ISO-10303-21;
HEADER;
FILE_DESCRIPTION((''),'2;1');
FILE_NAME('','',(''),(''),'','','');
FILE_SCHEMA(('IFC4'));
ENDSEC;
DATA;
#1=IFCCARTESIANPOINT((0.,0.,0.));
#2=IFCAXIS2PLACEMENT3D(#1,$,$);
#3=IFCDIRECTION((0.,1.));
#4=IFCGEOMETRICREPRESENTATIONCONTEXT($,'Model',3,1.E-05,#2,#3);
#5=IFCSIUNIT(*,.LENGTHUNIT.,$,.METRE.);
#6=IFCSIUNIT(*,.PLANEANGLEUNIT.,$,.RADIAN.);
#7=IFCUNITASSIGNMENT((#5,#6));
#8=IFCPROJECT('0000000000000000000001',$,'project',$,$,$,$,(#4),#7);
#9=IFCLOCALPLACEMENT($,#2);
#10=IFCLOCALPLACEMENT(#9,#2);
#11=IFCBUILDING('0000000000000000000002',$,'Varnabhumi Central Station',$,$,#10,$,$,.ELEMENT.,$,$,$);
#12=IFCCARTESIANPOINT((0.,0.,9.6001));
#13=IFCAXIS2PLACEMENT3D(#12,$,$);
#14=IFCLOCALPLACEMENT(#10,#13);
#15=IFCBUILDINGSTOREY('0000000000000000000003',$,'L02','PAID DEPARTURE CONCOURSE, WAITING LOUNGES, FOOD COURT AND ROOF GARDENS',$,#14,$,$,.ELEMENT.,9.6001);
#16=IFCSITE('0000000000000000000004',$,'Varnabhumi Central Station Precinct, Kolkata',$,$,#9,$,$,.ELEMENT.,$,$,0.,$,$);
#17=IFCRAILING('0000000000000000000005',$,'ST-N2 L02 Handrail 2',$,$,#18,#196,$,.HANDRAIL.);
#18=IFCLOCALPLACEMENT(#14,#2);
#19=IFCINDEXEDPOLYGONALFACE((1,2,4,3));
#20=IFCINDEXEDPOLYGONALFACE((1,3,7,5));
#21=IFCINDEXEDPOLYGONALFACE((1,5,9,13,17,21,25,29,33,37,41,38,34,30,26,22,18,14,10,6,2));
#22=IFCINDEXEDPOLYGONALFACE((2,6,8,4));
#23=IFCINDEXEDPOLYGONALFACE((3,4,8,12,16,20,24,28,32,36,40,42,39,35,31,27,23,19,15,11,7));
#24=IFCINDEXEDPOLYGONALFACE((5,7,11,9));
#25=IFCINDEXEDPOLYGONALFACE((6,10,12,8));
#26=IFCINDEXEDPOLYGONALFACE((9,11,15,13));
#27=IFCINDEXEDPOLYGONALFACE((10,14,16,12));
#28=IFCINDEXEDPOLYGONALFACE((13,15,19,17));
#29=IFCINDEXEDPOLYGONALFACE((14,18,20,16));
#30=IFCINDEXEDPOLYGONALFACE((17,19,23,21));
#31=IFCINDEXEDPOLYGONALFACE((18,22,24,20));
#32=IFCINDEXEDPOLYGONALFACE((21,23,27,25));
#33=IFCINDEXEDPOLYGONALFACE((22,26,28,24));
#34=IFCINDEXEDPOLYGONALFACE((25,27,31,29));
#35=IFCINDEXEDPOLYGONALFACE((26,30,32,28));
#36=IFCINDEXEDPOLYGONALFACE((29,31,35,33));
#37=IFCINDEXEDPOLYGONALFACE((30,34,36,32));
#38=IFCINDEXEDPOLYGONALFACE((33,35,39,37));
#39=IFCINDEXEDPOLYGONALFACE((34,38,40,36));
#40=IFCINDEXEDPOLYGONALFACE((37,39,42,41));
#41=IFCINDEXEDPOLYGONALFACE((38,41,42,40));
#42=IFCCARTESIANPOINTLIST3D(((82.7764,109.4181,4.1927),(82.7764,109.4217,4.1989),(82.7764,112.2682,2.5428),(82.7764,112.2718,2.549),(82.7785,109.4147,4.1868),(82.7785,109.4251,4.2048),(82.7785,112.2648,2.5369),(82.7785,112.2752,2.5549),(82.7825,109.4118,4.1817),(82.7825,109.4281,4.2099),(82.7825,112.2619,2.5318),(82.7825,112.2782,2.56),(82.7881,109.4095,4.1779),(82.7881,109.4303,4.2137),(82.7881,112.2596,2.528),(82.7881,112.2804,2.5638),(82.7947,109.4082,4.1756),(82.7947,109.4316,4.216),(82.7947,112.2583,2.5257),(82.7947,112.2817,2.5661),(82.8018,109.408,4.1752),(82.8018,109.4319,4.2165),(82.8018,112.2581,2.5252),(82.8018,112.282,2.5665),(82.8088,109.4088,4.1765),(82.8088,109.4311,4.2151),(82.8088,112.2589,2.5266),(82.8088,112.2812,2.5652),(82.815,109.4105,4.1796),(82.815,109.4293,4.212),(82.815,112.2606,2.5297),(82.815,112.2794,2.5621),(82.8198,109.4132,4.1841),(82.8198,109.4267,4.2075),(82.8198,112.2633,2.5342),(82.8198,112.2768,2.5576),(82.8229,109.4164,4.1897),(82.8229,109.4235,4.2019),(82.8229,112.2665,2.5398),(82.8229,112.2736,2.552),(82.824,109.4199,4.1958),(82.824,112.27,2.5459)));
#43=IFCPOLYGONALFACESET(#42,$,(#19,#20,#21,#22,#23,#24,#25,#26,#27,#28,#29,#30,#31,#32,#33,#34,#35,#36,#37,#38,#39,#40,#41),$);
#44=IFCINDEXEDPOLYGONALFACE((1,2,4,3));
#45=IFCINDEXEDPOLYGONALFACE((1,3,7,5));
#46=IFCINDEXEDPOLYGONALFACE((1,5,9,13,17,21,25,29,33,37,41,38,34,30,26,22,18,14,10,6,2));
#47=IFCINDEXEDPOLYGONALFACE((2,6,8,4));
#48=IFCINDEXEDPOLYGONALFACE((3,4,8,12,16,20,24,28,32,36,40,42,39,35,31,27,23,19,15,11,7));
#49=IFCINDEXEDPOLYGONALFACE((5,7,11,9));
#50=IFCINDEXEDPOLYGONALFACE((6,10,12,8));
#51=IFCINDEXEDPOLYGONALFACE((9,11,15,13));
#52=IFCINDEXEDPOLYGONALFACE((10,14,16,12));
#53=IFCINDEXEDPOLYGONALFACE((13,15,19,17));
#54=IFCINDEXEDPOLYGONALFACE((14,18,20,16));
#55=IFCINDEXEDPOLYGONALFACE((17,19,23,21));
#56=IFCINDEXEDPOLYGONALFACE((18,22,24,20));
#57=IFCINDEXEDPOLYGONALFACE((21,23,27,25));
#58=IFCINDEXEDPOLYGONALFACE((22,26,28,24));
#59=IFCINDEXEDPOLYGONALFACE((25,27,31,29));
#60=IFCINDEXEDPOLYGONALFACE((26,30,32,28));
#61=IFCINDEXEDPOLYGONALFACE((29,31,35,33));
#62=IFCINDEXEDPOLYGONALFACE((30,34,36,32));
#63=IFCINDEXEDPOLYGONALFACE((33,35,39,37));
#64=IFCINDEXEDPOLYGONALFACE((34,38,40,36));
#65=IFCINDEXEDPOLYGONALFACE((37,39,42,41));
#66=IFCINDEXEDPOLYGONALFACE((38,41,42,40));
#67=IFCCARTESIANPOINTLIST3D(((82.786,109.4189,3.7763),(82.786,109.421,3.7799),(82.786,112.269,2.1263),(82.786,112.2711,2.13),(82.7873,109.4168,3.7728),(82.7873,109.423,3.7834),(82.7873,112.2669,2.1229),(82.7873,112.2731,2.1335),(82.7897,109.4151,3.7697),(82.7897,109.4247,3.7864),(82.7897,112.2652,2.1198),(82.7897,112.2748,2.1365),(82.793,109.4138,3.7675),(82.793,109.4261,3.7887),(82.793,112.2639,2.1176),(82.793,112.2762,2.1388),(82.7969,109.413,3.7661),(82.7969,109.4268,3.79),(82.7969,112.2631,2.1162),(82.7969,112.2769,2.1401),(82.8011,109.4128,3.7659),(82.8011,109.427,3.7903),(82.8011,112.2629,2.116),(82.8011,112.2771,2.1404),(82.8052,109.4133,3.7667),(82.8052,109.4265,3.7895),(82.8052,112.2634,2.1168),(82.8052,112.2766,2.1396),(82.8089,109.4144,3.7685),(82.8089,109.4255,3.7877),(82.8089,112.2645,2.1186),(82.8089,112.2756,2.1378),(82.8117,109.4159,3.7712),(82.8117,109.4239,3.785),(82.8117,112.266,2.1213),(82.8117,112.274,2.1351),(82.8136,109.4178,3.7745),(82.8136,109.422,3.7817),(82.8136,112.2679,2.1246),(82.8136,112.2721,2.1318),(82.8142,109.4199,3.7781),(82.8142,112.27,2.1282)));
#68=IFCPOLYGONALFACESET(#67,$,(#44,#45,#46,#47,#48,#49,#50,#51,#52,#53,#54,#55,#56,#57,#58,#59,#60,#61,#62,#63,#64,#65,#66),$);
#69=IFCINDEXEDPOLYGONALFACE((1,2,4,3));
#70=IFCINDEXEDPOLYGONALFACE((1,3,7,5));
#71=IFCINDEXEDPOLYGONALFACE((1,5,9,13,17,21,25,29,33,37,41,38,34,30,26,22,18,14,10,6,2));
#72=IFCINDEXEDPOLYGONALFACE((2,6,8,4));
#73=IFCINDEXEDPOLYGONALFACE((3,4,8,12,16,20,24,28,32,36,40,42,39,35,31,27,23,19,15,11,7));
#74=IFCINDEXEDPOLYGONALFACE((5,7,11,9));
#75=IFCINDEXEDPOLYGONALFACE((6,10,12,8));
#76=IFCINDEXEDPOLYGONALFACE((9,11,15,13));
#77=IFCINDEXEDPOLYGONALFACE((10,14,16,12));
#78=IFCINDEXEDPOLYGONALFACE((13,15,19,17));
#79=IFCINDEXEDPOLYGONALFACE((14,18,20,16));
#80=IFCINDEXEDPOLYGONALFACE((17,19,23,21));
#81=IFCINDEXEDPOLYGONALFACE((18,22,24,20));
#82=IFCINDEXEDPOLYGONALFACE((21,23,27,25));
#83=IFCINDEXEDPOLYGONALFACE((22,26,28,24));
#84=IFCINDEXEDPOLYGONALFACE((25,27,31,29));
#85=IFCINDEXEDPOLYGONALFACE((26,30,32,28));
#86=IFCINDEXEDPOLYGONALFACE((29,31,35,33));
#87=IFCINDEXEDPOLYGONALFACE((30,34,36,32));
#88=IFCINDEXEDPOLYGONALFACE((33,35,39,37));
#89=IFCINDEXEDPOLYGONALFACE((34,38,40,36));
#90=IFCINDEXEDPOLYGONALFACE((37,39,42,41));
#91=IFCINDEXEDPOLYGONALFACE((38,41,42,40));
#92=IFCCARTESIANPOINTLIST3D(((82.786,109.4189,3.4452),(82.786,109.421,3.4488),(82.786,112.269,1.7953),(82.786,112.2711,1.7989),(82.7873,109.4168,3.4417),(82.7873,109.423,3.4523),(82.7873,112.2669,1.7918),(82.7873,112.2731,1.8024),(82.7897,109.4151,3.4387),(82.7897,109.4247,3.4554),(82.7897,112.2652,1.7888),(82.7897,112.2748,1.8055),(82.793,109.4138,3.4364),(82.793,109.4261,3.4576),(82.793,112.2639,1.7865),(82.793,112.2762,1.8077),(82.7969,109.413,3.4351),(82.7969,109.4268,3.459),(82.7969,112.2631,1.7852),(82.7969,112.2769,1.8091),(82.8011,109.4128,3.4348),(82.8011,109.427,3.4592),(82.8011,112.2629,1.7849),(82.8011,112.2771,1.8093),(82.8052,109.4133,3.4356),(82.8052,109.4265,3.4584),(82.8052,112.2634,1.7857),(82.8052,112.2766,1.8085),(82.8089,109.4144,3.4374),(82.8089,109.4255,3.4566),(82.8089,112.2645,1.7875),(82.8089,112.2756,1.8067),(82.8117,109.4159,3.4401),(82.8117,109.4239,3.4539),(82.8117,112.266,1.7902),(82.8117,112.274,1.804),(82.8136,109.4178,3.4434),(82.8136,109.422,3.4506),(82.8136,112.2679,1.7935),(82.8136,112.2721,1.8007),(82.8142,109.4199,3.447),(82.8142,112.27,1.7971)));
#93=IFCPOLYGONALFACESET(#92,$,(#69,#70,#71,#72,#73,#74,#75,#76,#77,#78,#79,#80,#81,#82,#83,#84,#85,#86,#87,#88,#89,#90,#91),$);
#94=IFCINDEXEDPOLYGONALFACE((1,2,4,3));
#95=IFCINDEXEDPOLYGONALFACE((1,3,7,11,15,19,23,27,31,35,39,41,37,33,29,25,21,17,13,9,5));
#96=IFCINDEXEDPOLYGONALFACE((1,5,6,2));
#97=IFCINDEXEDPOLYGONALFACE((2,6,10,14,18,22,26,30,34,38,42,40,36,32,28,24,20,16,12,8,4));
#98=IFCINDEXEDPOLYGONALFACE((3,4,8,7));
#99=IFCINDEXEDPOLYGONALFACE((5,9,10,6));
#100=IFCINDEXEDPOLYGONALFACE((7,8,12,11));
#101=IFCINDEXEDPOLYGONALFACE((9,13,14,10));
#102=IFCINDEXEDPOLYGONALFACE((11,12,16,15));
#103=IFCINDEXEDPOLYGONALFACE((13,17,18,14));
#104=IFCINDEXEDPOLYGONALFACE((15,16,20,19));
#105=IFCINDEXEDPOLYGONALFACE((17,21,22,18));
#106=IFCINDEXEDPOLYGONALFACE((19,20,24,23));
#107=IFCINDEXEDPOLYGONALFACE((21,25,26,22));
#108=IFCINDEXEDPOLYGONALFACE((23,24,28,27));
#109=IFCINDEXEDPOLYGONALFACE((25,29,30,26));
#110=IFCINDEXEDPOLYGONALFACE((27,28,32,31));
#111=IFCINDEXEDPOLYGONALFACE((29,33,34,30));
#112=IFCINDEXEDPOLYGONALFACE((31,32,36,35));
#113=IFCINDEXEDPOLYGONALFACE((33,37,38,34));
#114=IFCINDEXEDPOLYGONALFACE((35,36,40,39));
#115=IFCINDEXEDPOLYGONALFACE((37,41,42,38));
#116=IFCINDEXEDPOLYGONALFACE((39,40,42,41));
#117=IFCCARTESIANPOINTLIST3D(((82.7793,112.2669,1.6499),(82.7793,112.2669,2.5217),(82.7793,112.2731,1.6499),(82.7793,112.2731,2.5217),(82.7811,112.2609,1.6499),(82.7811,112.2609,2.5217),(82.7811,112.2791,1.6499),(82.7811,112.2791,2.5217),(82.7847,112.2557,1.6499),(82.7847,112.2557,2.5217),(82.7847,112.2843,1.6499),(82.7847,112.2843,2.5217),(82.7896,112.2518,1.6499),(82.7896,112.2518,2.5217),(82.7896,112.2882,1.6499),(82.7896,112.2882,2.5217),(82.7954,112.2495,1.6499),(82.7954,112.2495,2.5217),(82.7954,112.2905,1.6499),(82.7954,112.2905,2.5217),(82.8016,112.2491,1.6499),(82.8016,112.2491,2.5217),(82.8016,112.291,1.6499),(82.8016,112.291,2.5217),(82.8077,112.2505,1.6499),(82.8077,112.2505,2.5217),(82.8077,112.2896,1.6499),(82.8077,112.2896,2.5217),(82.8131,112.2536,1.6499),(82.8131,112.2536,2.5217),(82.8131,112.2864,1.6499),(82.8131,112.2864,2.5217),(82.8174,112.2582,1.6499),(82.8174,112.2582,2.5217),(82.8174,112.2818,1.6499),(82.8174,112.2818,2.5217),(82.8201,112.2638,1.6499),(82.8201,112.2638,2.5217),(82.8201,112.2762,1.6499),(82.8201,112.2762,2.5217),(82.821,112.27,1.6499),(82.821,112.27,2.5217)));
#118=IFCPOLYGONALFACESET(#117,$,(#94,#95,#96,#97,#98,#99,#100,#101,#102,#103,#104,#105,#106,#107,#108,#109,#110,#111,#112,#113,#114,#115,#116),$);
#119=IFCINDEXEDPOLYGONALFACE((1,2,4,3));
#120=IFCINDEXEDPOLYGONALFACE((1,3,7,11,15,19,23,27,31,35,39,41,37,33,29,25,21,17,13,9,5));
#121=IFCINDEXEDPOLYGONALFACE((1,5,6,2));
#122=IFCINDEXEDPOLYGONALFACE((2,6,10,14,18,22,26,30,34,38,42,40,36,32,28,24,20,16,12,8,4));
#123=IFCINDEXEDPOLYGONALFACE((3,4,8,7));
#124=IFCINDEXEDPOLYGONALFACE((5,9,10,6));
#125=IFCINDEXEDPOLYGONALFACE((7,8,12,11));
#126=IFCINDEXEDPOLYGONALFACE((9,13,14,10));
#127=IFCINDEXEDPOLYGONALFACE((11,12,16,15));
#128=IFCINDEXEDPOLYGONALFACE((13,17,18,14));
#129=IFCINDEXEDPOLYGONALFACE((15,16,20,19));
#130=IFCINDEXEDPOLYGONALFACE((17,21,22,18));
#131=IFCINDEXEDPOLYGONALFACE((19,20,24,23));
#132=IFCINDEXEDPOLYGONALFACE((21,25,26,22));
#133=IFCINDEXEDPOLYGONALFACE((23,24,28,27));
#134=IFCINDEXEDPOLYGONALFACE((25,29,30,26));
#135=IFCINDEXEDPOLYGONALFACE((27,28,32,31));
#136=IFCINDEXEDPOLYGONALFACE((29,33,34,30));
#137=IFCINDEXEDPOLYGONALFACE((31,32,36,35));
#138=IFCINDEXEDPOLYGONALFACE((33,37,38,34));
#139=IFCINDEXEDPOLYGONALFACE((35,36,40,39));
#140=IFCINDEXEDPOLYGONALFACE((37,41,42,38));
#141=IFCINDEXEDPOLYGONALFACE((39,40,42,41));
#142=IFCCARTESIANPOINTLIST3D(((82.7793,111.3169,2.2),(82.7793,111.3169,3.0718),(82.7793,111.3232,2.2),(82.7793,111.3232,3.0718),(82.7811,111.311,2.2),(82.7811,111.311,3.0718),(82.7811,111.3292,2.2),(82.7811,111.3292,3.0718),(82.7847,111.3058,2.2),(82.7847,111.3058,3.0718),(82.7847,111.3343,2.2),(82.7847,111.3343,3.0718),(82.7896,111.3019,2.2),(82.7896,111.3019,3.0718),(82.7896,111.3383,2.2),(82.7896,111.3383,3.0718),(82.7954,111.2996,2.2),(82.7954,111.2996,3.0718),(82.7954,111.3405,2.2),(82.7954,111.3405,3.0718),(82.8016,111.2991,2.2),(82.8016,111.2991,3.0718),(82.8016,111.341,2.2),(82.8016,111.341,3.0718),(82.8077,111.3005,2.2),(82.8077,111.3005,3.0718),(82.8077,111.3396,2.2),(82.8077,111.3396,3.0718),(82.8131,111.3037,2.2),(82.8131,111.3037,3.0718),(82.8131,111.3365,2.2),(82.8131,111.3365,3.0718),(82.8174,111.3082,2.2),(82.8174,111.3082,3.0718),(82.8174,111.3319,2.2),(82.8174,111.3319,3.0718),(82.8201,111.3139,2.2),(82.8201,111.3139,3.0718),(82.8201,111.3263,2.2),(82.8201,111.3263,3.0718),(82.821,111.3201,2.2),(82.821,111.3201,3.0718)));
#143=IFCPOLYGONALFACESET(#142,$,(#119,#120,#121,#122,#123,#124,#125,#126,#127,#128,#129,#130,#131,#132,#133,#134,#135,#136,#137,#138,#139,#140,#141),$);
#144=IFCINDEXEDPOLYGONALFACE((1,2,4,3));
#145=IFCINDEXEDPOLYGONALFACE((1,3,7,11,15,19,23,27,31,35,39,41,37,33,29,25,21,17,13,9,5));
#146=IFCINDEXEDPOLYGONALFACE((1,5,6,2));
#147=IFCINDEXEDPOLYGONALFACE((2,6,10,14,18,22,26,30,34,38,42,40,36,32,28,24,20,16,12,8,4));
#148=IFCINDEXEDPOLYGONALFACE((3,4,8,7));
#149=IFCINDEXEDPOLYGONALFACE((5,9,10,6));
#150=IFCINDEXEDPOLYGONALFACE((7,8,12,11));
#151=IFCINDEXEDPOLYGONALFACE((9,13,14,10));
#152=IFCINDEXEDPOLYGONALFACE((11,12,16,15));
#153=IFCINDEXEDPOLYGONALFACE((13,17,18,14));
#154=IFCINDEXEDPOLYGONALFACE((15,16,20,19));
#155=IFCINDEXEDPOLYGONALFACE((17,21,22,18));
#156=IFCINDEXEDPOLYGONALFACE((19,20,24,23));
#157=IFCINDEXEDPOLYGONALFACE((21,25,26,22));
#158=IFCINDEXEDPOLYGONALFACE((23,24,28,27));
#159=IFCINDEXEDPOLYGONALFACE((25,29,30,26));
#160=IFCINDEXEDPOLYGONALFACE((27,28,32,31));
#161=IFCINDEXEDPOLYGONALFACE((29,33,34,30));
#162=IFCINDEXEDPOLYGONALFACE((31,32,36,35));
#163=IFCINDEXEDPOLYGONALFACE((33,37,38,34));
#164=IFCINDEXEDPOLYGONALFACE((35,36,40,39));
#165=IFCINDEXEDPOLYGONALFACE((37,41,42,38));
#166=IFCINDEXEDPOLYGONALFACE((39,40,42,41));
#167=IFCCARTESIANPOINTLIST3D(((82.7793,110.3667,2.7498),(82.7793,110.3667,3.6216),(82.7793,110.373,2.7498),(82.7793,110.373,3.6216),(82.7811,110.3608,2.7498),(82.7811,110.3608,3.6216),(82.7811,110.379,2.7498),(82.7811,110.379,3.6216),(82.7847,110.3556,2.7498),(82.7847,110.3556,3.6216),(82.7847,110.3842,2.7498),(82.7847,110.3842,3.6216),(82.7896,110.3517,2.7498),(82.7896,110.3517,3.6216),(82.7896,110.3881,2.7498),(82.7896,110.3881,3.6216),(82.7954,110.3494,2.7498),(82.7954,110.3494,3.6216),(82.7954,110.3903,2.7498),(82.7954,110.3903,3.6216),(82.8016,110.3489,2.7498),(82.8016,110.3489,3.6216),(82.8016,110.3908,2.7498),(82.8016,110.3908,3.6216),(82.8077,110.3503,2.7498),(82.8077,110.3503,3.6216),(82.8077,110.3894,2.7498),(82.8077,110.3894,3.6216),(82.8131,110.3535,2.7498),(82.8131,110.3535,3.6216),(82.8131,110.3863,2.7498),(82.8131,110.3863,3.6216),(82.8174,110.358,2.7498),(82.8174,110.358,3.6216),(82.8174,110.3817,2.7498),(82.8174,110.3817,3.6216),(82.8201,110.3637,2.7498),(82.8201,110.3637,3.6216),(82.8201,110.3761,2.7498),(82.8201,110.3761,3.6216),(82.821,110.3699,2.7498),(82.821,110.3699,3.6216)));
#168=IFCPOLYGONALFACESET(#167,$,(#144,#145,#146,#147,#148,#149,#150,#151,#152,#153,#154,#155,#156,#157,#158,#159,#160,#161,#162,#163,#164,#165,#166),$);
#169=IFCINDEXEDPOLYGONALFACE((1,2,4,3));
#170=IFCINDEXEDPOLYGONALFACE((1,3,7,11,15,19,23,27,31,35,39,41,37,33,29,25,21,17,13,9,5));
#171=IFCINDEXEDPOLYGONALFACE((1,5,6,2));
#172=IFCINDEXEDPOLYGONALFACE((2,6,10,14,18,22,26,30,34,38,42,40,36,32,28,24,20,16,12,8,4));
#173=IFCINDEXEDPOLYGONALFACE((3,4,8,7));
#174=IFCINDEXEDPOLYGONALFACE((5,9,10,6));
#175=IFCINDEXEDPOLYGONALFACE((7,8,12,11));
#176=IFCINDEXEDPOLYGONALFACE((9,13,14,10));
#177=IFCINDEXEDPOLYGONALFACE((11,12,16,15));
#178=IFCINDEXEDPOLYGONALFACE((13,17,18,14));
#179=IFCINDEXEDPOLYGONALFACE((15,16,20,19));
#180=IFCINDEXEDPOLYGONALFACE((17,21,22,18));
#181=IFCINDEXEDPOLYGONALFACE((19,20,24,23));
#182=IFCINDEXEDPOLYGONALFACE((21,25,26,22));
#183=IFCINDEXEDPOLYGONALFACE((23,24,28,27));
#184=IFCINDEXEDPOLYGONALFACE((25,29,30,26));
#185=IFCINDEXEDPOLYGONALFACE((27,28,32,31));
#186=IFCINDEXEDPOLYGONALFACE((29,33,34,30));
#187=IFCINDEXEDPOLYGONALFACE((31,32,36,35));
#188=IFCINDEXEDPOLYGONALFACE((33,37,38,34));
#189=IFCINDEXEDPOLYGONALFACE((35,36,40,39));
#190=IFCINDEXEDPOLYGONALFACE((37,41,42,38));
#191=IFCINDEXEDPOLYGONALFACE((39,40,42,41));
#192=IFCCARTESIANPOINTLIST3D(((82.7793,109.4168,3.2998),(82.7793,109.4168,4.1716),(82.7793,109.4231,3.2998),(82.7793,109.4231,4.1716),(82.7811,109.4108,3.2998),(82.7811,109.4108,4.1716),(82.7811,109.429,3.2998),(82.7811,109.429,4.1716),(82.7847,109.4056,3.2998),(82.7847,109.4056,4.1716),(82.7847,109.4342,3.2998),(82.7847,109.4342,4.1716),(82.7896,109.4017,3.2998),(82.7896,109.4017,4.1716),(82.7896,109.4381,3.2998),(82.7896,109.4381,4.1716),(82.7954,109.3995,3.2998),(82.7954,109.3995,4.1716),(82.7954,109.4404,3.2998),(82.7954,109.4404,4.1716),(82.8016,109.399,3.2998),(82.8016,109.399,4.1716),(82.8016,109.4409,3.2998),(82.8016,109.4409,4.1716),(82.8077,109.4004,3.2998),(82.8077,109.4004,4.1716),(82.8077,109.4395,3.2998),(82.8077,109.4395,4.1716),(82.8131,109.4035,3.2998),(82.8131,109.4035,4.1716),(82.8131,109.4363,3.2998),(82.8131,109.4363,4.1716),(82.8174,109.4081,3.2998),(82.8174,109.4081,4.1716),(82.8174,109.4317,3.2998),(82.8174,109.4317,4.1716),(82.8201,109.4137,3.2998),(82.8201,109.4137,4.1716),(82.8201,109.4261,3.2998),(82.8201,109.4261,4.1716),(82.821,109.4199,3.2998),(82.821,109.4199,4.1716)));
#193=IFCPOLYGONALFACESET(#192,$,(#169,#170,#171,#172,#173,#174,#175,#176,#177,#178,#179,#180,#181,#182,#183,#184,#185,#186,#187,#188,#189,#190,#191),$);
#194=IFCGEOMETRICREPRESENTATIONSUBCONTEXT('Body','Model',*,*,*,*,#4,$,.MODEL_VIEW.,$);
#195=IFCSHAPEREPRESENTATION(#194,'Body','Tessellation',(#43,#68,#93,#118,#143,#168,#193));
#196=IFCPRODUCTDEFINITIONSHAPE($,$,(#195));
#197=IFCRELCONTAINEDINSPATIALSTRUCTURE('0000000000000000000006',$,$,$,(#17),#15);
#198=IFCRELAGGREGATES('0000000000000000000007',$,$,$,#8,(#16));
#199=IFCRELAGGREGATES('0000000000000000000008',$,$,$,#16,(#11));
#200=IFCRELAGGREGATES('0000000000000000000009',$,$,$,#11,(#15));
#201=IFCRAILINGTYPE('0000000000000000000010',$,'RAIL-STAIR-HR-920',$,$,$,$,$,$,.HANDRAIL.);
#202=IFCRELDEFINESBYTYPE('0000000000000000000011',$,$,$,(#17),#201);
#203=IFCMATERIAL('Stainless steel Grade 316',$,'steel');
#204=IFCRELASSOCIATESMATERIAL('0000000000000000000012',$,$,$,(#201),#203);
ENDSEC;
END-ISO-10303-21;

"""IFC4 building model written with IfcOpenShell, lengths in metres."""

from ifc_helpers import new_model, si_unit, direction, frame, origin, origin_2d, place, context, subcontext, project, spatial, circle, extrude, material, type_object, element, save


model = new_model("IFC4")

# Units and contexts
model_context = context("Model", 3, precision=1e-05, world=origin(), true_north=direction((0.0, 1.0)))
body_context = subcontext(model_context, "Body", "Model", "MODEL_VIEW")
ifc_project = project(units=[si_unit("LENGTHUNIT", "METRE"), si_unit("PLANEANGLEUNIT", "RADIAN")], contexts=[model_context])

# Site, building, storey
site_placement = place(None, origin())
site = spatial("IfcSite", under=ifc_project, at=site_placement, Name="Varnabhumi Central Station Precinct, Kolkata", CompositionType="ELEMENT", RefElevation=0.0)
building_placement = place(site_placement, origin())
building = spatial("IfcBuilding", under=site, at=building_placement, Name="Varnabhumi Central Station", CompositionType="ELEMENT")
storey_placement = place(building_placement, frame((0.0, 0.0, 9.6001)))
storey = spatial("IfcBuildingStorey", under=building, at=storey_placement, Name="L02", Description="PAID DEPARTURE CONCOURSE, WAITING LOUNGES, FOOD COURT AND ROOF GARDENS", CompositionType="ELEMENT", Elevation=9.6001)

# Shared definitions
ifc_material_1 = material(Name="Stainless steel Grade 316", Category="steel")

# Railing
railing_type_1 = type_object("IfcRailingType", Name="RAIL-STAIR-HR-920", PredefinedType="HANDRAIL", material=ifc_material_1)
railing_1_placement = place(storey_placement, frame((82.8, 112.27, 1.6499)))
element("IfcRailing", 1, at=railing_1_placement, inside=storey, type_object=railing_type_1, Name="ST-N2 L02 Handrail 2", PredefinedType="HANDRAIL", context=body_context, shape_type="SweptSolid", body=[
    extrude(circle(Radius=0.0239, at=origin_2d()), frame((0.0, 0.0, 0.896), z_axis=(0.0, -0.865447, 0.501001), x_axis=(1.0, 0.0, 0.0)), (0.0, 0.0, 1.0), 3.2932),
    extrude(circle(Radius=0.0142, at=origin_2d()), frame((0.0, 0.0, 0.4783), z_axis=(0.0, -0.865447, 0.501001), x_axis=(1.0, 0.0, 0.0)), (0.0, 0.0, 1.0), 3.2932),
    extrude(circle(Radius=0.0142, at=origin_2d()), frame((0.0, 0.0, 0.1472), z_axis=(0.0, -0.865447, 0.501001), x_axis=(1.0, 0.0, 0.0)), (0.0, 0.0, 1.0), 3.2932),
    extrude(circle(Radius=0.021, at=origin_2d()), origin(), (0.0, 0.0, 1.0), 0.8718),
    extrude(circle(Radius=0.021, at=origin_2d()), frame((0.0, -0.95, 0.55)), (0.0, 0.0, 1.0), 0.8718),
    extrude(circle(Radius=0.021, at=origin_2d()), frame((0.0, -1.9001, 1.0999)), (0.0, 0.0, 1.0), 0.8718),
    extrude(circle(Radius=0.021, at=origin_2d()), frame((0.0, -2.8501, 1.6499)), (0.0, 0.0, 1.0), 0.8718),
])

save(model, "model.ifc")
